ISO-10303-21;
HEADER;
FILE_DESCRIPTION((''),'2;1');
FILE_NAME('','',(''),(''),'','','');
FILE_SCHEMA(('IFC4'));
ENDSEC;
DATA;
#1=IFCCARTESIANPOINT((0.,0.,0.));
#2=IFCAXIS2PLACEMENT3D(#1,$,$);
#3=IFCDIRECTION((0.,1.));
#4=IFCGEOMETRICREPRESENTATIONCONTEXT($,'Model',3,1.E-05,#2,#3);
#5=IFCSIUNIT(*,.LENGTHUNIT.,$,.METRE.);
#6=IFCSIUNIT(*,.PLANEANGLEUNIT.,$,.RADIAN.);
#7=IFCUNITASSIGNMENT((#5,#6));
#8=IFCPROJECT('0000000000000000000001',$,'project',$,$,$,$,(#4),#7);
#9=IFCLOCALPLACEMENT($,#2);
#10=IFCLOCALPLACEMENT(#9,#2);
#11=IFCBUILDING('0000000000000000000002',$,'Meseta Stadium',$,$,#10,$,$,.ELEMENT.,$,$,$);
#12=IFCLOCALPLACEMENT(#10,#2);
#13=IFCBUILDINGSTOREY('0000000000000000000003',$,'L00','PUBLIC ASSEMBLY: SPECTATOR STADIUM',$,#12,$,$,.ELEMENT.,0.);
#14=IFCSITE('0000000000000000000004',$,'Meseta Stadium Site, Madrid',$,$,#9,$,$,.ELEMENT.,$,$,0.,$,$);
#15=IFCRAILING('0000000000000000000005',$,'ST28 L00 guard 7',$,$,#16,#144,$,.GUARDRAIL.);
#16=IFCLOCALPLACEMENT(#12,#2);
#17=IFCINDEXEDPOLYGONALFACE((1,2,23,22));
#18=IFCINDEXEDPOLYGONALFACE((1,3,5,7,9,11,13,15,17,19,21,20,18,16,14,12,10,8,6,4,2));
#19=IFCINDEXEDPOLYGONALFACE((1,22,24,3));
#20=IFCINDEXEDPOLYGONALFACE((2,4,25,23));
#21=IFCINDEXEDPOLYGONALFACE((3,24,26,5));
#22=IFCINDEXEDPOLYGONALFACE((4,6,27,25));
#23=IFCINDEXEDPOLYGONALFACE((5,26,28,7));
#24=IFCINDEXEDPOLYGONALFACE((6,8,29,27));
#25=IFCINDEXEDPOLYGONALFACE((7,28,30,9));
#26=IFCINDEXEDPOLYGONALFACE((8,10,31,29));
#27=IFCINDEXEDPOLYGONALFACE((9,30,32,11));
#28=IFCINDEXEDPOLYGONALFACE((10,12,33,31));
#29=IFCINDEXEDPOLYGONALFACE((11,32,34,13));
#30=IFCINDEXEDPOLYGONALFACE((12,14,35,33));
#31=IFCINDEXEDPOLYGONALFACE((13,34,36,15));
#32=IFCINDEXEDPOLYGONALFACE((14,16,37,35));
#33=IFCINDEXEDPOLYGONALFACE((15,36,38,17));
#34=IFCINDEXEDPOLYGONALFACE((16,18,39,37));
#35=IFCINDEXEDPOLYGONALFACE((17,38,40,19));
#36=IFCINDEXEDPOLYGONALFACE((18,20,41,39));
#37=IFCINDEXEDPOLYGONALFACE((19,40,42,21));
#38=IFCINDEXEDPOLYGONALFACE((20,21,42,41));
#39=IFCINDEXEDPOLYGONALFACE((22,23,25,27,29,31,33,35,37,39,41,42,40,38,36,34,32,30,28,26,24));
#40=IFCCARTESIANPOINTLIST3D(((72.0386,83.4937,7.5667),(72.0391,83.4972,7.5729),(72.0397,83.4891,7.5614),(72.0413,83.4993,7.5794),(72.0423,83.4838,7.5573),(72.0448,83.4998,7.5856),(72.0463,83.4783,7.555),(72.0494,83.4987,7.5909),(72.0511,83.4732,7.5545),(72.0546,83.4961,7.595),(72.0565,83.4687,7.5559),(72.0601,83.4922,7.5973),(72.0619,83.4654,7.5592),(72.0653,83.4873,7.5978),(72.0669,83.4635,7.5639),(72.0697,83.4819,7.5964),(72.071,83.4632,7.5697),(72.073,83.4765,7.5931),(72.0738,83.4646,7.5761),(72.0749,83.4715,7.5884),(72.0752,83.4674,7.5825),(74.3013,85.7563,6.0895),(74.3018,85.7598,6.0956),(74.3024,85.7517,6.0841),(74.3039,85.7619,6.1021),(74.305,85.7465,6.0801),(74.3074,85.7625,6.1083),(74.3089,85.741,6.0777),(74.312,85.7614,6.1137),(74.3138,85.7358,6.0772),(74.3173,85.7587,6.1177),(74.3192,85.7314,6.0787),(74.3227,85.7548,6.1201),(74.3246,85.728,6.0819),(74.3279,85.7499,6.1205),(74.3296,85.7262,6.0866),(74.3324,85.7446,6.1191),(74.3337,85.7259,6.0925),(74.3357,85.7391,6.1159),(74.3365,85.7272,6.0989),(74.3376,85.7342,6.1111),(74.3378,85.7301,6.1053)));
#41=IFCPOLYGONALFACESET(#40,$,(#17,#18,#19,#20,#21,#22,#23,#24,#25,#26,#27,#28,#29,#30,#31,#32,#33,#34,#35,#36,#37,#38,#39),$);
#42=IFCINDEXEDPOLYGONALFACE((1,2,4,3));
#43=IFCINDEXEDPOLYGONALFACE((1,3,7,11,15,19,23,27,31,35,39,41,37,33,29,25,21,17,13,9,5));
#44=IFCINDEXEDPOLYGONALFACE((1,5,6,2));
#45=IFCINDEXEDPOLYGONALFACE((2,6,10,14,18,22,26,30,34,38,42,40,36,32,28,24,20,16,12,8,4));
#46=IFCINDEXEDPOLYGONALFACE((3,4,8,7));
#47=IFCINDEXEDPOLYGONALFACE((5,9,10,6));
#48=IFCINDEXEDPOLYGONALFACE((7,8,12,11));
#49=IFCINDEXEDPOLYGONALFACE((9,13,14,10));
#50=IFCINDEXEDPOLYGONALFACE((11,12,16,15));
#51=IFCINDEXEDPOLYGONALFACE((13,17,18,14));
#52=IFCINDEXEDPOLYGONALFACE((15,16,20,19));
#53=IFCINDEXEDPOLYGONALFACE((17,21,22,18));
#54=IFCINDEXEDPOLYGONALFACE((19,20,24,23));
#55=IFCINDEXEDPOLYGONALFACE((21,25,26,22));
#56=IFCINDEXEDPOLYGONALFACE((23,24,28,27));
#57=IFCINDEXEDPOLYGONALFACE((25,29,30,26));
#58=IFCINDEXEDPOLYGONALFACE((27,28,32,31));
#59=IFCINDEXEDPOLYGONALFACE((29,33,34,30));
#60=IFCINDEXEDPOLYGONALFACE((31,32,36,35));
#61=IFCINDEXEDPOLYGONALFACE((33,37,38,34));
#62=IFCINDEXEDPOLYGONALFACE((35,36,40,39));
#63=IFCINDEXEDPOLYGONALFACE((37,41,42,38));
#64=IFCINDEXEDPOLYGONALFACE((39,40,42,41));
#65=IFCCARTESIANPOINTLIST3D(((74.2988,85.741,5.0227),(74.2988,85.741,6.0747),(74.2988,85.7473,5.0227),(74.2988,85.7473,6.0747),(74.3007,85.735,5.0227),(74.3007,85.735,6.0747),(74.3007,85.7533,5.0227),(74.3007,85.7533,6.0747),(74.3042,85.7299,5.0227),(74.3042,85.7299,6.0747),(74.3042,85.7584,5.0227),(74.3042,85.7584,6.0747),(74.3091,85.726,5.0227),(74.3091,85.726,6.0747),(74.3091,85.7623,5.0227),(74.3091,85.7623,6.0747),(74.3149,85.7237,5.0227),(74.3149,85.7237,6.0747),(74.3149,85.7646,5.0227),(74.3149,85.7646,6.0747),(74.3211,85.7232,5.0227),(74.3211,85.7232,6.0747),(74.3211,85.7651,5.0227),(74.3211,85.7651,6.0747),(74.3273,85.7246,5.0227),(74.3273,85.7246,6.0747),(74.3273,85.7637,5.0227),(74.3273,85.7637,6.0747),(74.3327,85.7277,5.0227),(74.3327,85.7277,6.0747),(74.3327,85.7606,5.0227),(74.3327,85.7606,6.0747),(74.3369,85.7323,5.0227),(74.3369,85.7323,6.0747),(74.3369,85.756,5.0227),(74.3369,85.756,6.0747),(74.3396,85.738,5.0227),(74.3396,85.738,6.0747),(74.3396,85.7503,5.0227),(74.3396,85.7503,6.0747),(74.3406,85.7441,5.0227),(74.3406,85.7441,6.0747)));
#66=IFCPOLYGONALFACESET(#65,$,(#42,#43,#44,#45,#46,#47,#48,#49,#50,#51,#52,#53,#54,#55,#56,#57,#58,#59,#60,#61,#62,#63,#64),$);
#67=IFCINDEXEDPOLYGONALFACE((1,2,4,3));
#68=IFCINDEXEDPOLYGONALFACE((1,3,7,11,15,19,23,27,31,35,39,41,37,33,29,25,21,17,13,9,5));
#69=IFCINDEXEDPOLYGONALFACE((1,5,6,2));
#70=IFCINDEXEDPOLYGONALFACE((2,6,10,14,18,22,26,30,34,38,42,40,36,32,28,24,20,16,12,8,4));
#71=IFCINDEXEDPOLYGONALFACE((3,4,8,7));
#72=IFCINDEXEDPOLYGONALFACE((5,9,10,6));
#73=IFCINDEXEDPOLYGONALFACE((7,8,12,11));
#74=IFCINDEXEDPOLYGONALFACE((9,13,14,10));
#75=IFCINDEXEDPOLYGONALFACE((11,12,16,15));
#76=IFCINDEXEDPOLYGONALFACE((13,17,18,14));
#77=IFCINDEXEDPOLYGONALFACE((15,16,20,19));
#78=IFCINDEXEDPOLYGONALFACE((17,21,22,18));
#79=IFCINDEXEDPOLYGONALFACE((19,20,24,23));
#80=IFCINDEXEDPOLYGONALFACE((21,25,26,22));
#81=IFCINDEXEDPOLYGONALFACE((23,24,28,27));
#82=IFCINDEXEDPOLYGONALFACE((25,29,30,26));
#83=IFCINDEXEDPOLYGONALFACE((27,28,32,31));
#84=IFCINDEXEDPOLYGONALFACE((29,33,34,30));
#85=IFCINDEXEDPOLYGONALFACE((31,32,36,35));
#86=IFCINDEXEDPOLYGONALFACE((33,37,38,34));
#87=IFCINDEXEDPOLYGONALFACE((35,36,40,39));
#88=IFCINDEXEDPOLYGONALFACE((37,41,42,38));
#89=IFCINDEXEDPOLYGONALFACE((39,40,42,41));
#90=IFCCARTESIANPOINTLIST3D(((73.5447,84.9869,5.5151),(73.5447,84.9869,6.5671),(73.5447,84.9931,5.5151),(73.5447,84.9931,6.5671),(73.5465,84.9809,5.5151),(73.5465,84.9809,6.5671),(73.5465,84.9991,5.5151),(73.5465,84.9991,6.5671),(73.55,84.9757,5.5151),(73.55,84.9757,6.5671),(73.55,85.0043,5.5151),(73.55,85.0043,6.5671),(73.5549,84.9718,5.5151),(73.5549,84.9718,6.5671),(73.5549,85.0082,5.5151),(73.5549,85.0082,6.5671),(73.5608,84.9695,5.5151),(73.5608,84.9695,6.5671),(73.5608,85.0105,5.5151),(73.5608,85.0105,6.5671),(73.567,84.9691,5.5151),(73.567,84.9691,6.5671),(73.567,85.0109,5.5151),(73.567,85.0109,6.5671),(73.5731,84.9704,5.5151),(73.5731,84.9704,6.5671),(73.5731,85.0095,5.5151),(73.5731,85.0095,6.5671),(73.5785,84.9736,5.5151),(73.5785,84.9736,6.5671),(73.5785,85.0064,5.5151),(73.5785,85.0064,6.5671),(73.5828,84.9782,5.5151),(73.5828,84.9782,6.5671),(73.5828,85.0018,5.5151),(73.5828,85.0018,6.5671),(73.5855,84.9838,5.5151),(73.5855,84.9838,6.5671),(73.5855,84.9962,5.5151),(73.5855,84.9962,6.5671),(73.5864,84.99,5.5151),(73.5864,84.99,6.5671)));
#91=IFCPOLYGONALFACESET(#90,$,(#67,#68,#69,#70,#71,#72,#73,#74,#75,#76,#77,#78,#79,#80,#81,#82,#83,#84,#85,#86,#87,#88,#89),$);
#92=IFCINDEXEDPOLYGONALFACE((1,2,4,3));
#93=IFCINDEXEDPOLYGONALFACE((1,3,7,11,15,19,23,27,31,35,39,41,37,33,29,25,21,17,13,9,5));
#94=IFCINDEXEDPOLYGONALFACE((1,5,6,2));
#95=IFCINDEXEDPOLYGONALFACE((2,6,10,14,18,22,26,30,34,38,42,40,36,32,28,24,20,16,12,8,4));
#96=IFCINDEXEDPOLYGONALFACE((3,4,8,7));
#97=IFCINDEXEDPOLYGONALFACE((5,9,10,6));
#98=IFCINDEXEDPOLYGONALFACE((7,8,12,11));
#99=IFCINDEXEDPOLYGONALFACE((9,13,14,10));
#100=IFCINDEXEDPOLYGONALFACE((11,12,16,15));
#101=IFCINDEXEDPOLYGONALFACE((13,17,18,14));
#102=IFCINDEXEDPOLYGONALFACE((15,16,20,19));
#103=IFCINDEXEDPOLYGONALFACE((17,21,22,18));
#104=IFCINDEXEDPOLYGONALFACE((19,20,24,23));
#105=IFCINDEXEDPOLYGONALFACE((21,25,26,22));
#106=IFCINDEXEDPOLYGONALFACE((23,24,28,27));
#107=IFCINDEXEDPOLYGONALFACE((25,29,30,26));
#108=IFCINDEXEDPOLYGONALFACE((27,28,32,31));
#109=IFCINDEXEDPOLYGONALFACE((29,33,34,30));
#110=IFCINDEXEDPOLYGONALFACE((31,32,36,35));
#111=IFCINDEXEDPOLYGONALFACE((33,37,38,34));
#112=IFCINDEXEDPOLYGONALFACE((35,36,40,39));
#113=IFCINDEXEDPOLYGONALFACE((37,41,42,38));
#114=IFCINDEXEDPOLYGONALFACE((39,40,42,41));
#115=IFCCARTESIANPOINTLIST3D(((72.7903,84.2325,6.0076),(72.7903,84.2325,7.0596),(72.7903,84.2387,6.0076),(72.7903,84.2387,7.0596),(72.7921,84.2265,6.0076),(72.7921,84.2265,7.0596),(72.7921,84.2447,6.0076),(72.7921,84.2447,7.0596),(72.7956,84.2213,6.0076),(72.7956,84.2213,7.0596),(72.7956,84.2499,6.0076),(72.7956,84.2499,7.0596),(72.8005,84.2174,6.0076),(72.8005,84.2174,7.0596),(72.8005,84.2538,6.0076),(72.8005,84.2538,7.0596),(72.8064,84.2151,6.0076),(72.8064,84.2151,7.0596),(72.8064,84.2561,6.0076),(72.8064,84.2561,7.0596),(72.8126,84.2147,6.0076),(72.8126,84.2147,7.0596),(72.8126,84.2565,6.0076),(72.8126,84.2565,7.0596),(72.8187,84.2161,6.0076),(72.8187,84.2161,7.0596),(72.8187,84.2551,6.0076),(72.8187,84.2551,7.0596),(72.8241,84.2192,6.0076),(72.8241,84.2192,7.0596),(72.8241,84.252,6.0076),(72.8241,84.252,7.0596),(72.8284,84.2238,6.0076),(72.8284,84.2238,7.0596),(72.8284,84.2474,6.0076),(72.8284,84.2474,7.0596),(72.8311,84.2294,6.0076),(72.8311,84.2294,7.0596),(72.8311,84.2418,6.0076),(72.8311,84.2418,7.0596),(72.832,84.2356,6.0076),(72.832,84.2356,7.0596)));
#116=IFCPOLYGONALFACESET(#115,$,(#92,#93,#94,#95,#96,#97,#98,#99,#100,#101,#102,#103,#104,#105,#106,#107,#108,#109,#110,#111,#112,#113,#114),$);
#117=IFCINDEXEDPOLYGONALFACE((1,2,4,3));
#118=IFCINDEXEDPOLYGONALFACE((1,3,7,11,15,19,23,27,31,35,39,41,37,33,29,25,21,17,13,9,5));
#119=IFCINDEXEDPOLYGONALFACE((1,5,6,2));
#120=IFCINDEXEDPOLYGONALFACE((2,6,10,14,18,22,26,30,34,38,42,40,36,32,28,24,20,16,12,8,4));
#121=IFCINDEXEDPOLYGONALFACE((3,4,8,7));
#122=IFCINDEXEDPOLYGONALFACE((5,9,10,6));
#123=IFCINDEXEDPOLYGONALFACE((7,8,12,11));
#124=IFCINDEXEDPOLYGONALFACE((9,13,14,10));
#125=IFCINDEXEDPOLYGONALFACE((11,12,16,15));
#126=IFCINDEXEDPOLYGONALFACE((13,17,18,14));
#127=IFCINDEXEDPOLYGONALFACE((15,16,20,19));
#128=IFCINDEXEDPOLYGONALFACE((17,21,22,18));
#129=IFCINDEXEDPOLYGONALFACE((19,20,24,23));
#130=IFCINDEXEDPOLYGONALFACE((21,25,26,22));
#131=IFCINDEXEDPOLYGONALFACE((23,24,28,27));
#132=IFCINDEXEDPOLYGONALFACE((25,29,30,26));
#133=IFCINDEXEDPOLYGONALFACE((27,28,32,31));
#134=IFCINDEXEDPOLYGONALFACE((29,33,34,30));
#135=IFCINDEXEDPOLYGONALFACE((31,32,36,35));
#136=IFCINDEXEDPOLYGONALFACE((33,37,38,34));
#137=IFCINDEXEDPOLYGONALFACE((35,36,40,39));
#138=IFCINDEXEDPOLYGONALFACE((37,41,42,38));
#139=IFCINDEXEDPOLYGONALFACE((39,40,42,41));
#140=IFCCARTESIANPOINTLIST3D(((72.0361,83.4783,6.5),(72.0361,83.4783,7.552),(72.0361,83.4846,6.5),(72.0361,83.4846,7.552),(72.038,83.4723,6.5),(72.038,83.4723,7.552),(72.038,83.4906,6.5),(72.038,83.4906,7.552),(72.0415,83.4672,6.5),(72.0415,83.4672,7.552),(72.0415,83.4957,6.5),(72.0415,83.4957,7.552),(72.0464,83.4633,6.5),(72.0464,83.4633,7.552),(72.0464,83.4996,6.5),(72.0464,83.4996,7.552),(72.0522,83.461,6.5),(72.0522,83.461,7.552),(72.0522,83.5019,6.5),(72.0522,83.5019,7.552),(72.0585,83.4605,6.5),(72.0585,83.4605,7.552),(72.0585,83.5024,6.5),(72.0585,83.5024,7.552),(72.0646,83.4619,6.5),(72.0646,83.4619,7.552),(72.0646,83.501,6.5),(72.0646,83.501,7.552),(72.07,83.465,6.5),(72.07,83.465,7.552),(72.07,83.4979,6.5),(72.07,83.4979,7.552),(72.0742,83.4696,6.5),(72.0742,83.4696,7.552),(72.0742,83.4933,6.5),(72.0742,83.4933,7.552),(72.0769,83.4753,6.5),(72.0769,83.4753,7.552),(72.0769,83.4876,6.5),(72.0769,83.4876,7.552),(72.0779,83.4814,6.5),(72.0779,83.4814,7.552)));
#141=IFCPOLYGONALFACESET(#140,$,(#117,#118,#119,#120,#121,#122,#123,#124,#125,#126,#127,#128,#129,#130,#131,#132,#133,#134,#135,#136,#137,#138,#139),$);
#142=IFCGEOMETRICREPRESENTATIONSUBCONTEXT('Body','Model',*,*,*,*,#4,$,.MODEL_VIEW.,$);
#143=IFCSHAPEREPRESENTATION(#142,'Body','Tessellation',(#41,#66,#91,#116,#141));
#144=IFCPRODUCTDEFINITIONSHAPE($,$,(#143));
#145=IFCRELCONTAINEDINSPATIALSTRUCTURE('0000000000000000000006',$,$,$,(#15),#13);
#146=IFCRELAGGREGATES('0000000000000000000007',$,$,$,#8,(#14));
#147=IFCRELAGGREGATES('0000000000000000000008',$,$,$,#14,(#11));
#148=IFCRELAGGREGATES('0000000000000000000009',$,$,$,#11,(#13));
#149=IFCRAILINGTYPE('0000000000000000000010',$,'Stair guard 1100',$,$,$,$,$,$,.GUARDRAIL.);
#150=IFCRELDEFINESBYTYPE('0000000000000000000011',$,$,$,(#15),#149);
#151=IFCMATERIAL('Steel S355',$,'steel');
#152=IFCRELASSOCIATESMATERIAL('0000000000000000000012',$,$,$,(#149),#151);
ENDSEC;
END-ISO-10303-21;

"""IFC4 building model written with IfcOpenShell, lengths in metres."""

from ifc_helpers import new_model, si_unit, direction, frame, origin, origin_2d, place, context, subcontext, project, spatial, circle, extrude, material, type_object, element, save


model = new_model("IFC4")

# Units and contexts
model_context = context("Model", 3, precision=1e-05, world=origin(), true_north=direction((0.0, 1.0)))
body_context = subcontext(model_context, "Body", "Model", "MODEL_VIEW")
ifc_project = project(units=[si_unit("LENGTHUNIT", "METRE"), si_unit("PLANEANGLEUNIT", "RADIAN")], contexts=[model_context])

# Site, building, storey
site_placement = place(None, origin())
site = spatial("IfcSite", under=ifc_project, at=site_placement, Name="Meseta Stadium Site, Madrid", CompositionType="ELEMENT", RefElevation=0.0)
building_placement = place(site_placement, origin())
building = spatial("IfcBuilding", under=site, at=building_placement, Name="Meseta Stadium", CompositionType="ELEMENT")
storey_placement = place(building_placement, origin())
storey = spatial("IfcBuildingStorey", under=building, at=storey_placement, Name="L00", Description="PUBLIC ASSEMBLY: SPECTATOR STADIUM", CompositionType="ELEMENT", Elevation=0.0)

# Railing
ifc_material_1 = material(Name="Steel S355", Category="steel")
railing_type_1 = type_object("IfcRailingType", Name="Stair guard 1100", PredefinedType="GUARDRAIL", material=ifc_material_1)
railing_1_placement = place(storey_placement, frame((74.3196, 85.7441, 5.0227)))
element("IfcRailing", 1, at=railing_1_placement, inside=storey, type_object=railing_type_1, Name="ST28 L00 guard 7", PredefinedType="GUARDRAIL", context=body_context, shape_type="SweptSolid", body=[
    extrude(circle(Radius=0.0239, at=origin_2d()), frame((0.0, 0.0, 1.0762), z_axis=(-0.641994, -0.641994, 0.419152), x_axis=(0.707107, -0.707107, 0.0)), (0.0, 0.0, 1.0), 3.5244),
    extrude(circle(Radius=0.021, at=origin_2d()), origin(), (0.0, 0.0, 1.0), 1.052),
    extrude(circle(Radius=0.021, at=origin_2d()), frame((-0.7542, -0.7542, 0.4924)), (0.0, 0.0, 1.0), 1.052),
    extrude(circle(Radius=0.021, at=origin_2d()), frame((-1.5085, -1.5085, 0.9849)), (0.0, 0.0, 1.0), 1.052),
    extrude(circle(Radius=0.021, at=origin_2d()), frame((-2.2627, -2.2627, 1.4773)), (0.0, 0.0, 1.0), 1.052),
])

save(model, "model.ifc")
